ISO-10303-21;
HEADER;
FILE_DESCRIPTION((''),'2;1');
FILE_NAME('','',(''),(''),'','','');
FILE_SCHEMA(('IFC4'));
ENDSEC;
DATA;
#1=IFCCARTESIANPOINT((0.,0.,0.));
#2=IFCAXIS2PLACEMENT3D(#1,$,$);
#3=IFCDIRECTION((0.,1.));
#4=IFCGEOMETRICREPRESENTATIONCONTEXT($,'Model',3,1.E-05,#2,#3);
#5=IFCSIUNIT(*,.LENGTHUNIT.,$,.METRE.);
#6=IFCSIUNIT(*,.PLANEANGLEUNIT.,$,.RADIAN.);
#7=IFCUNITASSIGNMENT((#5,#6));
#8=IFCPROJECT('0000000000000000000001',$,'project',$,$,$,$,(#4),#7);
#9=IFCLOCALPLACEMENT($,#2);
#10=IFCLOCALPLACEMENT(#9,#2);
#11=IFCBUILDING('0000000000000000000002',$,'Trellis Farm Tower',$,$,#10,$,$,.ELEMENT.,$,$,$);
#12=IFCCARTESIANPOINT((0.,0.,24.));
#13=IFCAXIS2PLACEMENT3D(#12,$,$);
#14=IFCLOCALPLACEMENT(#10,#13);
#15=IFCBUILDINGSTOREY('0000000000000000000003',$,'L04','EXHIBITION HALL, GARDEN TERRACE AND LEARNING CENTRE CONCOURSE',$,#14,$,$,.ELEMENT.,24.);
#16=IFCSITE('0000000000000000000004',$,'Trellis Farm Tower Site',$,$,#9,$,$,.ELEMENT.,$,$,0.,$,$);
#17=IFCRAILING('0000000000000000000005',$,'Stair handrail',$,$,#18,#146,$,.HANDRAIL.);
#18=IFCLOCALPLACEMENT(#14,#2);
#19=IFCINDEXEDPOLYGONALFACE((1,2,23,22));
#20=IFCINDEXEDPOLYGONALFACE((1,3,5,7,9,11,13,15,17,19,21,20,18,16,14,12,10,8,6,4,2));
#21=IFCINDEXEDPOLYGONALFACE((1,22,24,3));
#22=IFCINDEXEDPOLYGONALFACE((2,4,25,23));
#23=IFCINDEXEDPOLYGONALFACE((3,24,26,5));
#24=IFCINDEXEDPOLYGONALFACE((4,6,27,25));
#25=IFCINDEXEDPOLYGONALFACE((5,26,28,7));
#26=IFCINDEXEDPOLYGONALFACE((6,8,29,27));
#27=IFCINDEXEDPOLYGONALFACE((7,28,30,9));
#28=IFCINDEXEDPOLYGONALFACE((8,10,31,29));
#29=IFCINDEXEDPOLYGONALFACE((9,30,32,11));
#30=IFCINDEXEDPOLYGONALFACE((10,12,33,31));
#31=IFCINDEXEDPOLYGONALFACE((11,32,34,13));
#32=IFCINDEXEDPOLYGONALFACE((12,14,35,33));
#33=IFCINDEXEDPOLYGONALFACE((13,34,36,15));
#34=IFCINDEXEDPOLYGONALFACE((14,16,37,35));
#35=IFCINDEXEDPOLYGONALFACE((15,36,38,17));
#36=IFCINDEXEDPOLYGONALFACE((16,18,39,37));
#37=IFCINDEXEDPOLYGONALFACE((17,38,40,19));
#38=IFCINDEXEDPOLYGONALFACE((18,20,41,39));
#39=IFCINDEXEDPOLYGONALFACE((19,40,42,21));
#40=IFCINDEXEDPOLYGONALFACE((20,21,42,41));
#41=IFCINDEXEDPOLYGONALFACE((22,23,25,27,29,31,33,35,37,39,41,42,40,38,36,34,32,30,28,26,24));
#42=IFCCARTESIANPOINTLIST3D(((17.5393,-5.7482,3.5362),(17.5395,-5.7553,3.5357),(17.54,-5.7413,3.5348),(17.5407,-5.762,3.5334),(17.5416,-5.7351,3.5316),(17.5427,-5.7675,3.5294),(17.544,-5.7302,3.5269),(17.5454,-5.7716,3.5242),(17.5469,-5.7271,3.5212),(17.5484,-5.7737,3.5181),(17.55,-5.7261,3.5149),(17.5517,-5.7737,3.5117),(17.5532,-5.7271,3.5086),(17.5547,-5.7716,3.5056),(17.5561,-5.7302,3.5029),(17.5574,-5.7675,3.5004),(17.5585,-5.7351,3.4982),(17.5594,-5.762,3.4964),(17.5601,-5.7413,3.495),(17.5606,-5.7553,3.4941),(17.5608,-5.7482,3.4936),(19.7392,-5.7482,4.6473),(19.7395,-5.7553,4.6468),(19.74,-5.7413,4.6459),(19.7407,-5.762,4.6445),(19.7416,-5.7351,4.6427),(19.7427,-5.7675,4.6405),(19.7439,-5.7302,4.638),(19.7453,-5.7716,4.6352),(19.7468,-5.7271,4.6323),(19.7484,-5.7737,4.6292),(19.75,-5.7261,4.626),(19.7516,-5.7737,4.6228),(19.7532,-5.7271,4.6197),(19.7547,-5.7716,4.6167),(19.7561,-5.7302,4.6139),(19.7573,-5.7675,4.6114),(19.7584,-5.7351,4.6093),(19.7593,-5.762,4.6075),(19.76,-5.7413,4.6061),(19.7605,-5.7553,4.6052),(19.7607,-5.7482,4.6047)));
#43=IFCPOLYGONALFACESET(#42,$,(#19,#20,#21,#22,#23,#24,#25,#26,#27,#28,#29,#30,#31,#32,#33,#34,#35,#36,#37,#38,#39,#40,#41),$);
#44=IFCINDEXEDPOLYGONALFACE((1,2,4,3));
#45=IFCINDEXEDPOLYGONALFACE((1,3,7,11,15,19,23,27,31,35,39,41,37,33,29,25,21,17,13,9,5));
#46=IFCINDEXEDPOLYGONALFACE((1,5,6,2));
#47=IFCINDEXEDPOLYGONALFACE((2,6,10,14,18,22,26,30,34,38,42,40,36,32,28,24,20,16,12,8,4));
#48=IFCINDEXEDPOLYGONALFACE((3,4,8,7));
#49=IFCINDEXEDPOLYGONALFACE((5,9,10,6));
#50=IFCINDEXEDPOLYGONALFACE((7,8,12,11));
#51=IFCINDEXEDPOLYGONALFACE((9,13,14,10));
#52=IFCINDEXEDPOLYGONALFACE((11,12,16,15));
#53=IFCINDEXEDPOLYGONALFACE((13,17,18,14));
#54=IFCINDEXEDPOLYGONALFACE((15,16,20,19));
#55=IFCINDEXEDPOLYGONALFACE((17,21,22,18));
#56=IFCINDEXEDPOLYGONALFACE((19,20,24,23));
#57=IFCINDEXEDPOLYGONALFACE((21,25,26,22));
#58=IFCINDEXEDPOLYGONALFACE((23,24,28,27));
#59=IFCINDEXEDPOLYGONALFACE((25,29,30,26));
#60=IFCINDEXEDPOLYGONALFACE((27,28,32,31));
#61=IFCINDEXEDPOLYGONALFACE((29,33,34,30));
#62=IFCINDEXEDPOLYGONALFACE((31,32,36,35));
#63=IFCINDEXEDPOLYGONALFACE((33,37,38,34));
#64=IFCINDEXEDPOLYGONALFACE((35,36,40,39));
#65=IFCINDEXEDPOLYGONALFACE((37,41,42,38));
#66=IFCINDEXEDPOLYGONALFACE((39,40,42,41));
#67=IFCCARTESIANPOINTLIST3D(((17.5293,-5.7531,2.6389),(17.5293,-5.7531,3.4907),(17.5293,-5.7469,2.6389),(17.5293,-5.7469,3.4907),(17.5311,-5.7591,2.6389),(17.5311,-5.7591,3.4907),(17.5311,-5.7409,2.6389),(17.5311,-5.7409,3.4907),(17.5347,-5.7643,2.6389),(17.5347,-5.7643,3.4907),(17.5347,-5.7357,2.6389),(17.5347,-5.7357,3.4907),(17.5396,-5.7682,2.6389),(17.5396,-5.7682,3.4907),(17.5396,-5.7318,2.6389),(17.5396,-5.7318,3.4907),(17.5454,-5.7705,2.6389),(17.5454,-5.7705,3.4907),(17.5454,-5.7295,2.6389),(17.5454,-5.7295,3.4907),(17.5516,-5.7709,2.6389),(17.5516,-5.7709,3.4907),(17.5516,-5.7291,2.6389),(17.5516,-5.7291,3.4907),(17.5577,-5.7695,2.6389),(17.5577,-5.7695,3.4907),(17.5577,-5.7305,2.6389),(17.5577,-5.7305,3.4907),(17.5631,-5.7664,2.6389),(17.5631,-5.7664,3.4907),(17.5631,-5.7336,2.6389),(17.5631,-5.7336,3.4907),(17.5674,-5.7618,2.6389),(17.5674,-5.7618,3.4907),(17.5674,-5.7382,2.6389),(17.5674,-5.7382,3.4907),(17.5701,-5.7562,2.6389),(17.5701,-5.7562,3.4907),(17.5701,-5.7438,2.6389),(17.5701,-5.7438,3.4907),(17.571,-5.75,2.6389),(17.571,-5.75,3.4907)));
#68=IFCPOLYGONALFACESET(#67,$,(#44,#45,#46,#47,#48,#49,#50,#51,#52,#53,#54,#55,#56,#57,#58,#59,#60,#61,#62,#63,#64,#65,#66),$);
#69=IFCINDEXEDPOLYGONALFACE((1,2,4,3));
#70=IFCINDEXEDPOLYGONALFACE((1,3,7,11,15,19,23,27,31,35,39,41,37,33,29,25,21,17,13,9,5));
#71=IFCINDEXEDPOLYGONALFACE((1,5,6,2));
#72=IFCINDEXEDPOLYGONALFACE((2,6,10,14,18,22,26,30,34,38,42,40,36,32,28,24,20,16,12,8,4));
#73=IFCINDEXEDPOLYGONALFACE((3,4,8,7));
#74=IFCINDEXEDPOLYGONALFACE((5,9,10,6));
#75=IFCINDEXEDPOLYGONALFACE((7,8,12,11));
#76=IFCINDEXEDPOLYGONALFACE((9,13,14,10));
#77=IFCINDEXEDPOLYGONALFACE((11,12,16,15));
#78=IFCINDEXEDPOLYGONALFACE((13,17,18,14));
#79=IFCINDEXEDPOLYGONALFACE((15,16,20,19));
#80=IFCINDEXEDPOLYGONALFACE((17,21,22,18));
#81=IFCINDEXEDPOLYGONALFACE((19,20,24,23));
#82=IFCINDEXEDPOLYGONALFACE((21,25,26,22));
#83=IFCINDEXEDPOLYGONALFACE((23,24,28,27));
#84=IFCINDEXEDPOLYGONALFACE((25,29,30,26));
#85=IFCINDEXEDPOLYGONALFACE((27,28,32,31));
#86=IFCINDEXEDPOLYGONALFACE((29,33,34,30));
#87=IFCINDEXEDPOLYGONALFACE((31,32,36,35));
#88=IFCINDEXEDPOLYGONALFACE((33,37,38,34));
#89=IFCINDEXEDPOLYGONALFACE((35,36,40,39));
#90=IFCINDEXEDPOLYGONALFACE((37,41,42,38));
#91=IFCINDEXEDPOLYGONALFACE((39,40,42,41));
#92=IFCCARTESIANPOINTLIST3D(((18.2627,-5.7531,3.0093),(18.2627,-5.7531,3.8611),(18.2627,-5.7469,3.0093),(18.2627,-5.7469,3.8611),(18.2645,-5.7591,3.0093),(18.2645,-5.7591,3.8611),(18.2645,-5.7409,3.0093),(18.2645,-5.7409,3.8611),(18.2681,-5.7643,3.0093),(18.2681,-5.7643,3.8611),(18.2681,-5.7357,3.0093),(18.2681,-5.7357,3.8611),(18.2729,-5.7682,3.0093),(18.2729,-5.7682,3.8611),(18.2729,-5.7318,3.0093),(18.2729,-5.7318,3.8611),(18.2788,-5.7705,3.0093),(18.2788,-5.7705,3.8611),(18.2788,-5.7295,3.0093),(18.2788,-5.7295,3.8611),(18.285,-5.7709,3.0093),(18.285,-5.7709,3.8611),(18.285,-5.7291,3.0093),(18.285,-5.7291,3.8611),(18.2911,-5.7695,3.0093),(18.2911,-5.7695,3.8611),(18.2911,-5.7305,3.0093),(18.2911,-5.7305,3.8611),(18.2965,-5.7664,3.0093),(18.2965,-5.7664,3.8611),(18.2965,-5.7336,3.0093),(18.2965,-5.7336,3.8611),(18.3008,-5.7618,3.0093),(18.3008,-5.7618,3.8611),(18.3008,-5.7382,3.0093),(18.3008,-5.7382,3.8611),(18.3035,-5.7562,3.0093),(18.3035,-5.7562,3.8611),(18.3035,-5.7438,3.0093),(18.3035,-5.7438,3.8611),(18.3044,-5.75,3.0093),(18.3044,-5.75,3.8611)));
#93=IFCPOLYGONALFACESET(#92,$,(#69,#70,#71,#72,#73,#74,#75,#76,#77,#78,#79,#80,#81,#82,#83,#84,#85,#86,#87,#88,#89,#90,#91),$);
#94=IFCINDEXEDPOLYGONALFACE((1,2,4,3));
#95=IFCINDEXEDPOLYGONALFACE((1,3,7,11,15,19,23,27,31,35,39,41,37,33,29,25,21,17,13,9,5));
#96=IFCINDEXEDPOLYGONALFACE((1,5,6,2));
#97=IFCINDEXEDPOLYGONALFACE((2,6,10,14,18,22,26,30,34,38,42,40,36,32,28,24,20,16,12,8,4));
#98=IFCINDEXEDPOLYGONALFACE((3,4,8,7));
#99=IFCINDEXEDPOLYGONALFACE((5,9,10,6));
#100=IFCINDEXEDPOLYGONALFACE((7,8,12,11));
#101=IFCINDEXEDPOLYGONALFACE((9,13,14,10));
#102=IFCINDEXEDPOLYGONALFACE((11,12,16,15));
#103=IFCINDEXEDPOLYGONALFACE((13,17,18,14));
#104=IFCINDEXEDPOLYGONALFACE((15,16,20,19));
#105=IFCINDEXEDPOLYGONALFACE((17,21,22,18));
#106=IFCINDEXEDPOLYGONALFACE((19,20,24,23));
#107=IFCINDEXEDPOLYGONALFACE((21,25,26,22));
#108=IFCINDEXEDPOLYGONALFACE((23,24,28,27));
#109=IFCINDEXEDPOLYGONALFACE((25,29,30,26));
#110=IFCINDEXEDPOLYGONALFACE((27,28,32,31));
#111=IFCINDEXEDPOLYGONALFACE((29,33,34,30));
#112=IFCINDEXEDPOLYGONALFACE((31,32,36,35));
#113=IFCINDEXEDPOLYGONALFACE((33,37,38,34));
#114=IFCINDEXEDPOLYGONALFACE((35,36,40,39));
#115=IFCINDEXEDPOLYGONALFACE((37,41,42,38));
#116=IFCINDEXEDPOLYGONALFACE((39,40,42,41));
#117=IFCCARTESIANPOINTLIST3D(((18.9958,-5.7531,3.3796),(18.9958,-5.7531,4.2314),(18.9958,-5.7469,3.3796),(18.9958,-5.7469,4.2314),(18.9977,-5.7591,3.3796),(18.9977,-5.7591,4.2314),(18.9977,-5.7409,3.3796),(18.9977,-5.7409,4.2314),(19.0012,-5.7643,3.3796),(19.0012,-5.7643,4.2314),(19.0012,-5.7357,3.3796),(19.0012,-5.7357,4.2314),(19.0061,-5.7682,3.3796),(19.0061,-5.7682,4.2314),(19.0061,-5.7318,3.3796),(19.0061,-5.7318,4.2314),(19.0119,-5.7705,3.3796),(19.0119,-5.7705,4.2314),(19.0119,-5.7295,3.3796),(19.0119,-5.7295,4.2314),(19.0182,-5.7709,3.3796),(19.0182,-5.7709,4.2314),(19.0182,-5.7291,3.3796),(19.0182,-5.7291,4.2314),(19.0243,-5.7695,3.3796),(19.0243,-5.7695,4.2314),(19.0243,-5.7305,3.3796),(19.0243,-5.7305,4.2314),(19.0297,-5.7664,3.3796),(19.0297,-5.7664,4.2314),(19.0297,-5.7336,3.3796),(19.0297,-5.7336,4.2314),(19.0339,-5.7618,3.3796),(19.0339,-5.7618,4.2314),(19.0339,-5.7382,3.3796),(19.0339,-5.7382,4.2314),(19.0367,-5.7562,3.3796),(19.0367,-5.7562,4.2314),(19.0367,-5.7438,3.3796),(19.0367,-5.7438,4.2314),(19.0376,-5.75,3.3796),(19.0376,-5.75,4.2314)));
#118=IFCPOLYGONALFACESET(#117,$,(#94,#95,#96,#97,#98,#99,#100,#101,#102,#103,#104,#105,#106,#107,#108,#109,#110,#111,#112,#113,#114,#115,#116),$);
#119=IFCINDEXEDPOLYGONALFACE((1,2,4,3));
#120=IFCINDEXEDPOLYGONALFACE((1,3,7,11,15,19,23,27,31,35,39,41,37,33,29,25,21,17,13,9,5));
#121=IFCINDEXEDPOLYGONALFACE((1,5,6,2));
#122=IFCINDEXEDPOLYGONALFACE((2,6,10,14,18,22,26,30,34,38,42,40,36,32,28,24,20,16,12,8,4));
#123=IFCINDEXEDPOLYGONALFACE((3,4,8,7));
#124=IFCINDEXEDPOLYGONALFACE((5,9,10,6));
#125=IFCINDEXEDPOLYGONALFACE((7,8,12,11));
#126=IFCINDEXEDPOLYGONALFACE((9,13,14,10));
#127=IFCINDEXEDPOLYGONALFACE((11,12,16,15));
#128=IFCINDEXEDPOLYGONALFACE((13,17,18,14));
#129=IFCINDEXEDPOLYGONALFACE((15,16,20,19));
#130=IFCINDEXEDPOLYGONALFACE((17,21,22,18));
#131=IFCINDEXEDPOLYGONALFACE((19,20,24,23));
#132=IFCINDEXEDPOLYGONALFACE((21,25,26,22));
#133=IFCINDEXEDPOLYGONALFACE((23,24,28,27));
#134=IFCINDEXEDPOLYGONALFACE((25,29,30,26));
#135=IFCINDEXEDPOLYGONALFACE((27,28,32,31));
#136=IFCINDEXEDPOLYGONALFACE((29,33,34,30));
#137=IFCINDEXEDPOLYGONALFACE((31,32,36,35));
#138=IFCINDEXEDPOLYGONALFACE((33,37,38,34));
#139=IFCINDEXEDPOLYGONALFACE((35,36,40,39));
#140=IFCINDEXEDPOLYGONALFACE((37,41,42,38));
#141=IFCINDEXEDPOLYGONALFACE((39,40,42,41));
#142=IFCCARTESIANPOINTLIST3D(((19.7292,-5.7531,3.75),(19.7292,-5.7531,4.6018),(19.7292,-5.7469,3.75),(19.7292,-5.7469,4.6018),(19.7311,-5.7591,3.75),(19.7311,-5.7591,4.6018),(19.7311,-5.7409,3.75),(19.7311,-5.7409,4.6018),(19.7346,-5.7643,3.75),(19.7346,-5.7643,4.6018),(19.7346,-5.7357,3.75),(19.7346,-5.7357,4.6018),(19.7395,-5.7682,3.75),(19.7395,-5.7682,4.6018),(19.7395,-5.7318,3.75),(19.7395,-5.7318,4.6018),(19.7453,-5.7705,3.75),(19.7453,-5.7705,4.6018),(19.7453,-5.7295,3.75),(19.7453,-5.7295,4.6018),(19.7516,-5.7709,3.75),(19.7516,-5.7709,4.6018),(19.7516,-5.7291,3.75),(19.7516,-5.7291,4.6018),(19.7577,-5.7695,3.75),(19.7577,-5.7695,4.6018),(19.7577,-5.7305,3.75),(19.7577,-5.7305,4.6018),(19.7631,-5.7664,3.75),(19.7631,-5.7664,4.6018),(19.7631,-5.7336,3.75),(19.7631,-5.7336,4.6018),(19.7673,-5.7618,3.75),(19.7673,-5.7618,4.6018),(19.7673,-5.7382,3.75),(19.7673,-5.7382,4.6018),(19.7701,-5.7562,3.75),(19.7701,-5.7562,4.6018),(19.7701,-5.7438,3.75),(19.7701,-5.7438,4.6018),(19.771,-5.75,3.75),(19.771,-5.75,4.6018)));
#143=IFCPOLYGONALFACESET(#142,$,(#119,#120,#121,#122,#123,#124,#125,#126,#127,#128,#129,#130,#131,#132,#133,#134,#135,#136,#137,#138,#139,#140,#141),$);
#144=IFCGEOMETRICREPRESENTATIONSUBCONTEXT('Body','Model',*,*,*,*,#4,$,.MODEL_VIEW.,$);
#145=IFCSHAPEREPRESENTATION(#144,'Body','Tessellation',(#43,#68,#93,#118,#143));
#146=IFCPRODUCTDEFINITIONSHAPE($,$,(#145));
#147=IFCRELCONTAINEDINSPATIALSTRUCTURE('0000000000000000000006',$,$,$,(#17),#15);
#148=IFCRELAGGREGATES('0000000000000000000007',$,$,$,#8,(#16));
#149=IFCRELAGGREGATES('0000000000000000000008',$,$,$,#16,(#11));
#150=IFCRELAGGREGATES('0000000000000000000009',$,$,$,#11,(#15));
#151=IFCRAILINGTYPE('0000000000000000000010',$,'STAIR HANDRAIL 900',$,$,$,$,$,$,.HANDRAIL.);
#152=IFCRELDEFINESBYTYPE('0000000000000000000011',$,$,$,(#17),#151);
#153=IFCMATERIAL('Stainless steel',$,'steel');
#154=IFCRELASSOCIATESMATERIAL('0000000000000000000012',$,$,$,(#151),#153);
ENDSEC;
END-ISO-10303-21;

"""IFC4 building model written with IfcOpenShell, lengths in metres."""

from ifc_helpers import new_model, si_unit, direction, frame, origin, origin_2d, place, context, subcontext, project, spatial, circle, extrude, source, transform, mapped, material, type_object, element, save


model = new_model("IFC4")

# Units and contexts
model_context = context("Model", 3, precision=1e-05, world=origin(), true_north=direction((0.0, 1.0)))
body_context = subcontext(model_context, "Body", "Model", "MODEL_VIEW")
ifc_project = project(units=[si_unit("LENGTHUNIT", "METRE"), si_unit("PLANEANGLEUNIT", "RADIAN")], contexts=[model_context])

# Site, building, storey
site_placement = place(None, origin())
site = spatial("IfcSite", under=ifc_project, at=site_placement, Name="Trellis Farm Tower Site", CompositionType="ELEMENT", RefElevation=0.0)
building_placement = place(site_placement, origin())
building = spatial("IfcBuilding", under=site, at=building_placement, Name="Trellis Farm Tower", CompositionType="ELEMENT")
storey_placement = place(building_placement, frame((0.0, 0.0, 24.0)))
storey = spatial("IfcBuildingStorey", under=building, at=storey_placement, Name="L04", Description="EXHIBITION HALL, GARDEN TERRACE AND LEARNING CENTRE CONCOURSE", CompositionType="ELEMENT", Elevation=24.0)

# Railing
ifc_material_1 = material(Name="Stainless steel", Category="steel")
railing_type = type_object("IfcRailingType", Name="STAIR HANDRAIL 900", PredefinedType="HANDRAIL", material=ifc_material_1)
shared_shape_1 = source(origin(), body_context, "Body", "SweptSolid", [
    extrude(circle(Radius=0.0239, at=origin_2d()), frame((0.0, 0.0, 0.876), z_axis=(0.892617, 0.0, 0.450816), x_axis=(0.0, 1.0, 0.0)), (0.0, 0.0, 1.0), 2.4646),
    extrude(circle(Radius=0.021, at=origin_2d()), origin(), (0.0, 0.0, 1.0), 0.8518),
    extrude(circle(Radius=0.021, at=origin_2d()), frame((0.7334, 0.0, 0.3704)), (0.0, 0.0, 1.0), 0.8518),
    extrude(circle(Radius=0.021, at=origin_2d()), frame((1.4666, 0.0, 0.7407)), (0.0, 0.0, 1.0), 0.8518),
    extrude(circle(Radius=0.021, at=origin_2d()), frame((2.2, 0.0, 1.1111)), (0.0, 0.0, 1.0), 0.8518),
])
for number, where, name in (
    (1, (17.55, -5.75, 2.6389), "Stair handrail"),
):
    element("IfcRailing", number, at=place(storey_placement, frame(where)), inside=storey, type_object=railing_type, Name=name, PredefinedType="HANDRAIL", context=body_context, shape_type="MappedRepresentation", body=[
        mapped(shared_shape_1, transform((0.0, 0.0, 0.0))),
    ])

save(model, "model.ifc")
